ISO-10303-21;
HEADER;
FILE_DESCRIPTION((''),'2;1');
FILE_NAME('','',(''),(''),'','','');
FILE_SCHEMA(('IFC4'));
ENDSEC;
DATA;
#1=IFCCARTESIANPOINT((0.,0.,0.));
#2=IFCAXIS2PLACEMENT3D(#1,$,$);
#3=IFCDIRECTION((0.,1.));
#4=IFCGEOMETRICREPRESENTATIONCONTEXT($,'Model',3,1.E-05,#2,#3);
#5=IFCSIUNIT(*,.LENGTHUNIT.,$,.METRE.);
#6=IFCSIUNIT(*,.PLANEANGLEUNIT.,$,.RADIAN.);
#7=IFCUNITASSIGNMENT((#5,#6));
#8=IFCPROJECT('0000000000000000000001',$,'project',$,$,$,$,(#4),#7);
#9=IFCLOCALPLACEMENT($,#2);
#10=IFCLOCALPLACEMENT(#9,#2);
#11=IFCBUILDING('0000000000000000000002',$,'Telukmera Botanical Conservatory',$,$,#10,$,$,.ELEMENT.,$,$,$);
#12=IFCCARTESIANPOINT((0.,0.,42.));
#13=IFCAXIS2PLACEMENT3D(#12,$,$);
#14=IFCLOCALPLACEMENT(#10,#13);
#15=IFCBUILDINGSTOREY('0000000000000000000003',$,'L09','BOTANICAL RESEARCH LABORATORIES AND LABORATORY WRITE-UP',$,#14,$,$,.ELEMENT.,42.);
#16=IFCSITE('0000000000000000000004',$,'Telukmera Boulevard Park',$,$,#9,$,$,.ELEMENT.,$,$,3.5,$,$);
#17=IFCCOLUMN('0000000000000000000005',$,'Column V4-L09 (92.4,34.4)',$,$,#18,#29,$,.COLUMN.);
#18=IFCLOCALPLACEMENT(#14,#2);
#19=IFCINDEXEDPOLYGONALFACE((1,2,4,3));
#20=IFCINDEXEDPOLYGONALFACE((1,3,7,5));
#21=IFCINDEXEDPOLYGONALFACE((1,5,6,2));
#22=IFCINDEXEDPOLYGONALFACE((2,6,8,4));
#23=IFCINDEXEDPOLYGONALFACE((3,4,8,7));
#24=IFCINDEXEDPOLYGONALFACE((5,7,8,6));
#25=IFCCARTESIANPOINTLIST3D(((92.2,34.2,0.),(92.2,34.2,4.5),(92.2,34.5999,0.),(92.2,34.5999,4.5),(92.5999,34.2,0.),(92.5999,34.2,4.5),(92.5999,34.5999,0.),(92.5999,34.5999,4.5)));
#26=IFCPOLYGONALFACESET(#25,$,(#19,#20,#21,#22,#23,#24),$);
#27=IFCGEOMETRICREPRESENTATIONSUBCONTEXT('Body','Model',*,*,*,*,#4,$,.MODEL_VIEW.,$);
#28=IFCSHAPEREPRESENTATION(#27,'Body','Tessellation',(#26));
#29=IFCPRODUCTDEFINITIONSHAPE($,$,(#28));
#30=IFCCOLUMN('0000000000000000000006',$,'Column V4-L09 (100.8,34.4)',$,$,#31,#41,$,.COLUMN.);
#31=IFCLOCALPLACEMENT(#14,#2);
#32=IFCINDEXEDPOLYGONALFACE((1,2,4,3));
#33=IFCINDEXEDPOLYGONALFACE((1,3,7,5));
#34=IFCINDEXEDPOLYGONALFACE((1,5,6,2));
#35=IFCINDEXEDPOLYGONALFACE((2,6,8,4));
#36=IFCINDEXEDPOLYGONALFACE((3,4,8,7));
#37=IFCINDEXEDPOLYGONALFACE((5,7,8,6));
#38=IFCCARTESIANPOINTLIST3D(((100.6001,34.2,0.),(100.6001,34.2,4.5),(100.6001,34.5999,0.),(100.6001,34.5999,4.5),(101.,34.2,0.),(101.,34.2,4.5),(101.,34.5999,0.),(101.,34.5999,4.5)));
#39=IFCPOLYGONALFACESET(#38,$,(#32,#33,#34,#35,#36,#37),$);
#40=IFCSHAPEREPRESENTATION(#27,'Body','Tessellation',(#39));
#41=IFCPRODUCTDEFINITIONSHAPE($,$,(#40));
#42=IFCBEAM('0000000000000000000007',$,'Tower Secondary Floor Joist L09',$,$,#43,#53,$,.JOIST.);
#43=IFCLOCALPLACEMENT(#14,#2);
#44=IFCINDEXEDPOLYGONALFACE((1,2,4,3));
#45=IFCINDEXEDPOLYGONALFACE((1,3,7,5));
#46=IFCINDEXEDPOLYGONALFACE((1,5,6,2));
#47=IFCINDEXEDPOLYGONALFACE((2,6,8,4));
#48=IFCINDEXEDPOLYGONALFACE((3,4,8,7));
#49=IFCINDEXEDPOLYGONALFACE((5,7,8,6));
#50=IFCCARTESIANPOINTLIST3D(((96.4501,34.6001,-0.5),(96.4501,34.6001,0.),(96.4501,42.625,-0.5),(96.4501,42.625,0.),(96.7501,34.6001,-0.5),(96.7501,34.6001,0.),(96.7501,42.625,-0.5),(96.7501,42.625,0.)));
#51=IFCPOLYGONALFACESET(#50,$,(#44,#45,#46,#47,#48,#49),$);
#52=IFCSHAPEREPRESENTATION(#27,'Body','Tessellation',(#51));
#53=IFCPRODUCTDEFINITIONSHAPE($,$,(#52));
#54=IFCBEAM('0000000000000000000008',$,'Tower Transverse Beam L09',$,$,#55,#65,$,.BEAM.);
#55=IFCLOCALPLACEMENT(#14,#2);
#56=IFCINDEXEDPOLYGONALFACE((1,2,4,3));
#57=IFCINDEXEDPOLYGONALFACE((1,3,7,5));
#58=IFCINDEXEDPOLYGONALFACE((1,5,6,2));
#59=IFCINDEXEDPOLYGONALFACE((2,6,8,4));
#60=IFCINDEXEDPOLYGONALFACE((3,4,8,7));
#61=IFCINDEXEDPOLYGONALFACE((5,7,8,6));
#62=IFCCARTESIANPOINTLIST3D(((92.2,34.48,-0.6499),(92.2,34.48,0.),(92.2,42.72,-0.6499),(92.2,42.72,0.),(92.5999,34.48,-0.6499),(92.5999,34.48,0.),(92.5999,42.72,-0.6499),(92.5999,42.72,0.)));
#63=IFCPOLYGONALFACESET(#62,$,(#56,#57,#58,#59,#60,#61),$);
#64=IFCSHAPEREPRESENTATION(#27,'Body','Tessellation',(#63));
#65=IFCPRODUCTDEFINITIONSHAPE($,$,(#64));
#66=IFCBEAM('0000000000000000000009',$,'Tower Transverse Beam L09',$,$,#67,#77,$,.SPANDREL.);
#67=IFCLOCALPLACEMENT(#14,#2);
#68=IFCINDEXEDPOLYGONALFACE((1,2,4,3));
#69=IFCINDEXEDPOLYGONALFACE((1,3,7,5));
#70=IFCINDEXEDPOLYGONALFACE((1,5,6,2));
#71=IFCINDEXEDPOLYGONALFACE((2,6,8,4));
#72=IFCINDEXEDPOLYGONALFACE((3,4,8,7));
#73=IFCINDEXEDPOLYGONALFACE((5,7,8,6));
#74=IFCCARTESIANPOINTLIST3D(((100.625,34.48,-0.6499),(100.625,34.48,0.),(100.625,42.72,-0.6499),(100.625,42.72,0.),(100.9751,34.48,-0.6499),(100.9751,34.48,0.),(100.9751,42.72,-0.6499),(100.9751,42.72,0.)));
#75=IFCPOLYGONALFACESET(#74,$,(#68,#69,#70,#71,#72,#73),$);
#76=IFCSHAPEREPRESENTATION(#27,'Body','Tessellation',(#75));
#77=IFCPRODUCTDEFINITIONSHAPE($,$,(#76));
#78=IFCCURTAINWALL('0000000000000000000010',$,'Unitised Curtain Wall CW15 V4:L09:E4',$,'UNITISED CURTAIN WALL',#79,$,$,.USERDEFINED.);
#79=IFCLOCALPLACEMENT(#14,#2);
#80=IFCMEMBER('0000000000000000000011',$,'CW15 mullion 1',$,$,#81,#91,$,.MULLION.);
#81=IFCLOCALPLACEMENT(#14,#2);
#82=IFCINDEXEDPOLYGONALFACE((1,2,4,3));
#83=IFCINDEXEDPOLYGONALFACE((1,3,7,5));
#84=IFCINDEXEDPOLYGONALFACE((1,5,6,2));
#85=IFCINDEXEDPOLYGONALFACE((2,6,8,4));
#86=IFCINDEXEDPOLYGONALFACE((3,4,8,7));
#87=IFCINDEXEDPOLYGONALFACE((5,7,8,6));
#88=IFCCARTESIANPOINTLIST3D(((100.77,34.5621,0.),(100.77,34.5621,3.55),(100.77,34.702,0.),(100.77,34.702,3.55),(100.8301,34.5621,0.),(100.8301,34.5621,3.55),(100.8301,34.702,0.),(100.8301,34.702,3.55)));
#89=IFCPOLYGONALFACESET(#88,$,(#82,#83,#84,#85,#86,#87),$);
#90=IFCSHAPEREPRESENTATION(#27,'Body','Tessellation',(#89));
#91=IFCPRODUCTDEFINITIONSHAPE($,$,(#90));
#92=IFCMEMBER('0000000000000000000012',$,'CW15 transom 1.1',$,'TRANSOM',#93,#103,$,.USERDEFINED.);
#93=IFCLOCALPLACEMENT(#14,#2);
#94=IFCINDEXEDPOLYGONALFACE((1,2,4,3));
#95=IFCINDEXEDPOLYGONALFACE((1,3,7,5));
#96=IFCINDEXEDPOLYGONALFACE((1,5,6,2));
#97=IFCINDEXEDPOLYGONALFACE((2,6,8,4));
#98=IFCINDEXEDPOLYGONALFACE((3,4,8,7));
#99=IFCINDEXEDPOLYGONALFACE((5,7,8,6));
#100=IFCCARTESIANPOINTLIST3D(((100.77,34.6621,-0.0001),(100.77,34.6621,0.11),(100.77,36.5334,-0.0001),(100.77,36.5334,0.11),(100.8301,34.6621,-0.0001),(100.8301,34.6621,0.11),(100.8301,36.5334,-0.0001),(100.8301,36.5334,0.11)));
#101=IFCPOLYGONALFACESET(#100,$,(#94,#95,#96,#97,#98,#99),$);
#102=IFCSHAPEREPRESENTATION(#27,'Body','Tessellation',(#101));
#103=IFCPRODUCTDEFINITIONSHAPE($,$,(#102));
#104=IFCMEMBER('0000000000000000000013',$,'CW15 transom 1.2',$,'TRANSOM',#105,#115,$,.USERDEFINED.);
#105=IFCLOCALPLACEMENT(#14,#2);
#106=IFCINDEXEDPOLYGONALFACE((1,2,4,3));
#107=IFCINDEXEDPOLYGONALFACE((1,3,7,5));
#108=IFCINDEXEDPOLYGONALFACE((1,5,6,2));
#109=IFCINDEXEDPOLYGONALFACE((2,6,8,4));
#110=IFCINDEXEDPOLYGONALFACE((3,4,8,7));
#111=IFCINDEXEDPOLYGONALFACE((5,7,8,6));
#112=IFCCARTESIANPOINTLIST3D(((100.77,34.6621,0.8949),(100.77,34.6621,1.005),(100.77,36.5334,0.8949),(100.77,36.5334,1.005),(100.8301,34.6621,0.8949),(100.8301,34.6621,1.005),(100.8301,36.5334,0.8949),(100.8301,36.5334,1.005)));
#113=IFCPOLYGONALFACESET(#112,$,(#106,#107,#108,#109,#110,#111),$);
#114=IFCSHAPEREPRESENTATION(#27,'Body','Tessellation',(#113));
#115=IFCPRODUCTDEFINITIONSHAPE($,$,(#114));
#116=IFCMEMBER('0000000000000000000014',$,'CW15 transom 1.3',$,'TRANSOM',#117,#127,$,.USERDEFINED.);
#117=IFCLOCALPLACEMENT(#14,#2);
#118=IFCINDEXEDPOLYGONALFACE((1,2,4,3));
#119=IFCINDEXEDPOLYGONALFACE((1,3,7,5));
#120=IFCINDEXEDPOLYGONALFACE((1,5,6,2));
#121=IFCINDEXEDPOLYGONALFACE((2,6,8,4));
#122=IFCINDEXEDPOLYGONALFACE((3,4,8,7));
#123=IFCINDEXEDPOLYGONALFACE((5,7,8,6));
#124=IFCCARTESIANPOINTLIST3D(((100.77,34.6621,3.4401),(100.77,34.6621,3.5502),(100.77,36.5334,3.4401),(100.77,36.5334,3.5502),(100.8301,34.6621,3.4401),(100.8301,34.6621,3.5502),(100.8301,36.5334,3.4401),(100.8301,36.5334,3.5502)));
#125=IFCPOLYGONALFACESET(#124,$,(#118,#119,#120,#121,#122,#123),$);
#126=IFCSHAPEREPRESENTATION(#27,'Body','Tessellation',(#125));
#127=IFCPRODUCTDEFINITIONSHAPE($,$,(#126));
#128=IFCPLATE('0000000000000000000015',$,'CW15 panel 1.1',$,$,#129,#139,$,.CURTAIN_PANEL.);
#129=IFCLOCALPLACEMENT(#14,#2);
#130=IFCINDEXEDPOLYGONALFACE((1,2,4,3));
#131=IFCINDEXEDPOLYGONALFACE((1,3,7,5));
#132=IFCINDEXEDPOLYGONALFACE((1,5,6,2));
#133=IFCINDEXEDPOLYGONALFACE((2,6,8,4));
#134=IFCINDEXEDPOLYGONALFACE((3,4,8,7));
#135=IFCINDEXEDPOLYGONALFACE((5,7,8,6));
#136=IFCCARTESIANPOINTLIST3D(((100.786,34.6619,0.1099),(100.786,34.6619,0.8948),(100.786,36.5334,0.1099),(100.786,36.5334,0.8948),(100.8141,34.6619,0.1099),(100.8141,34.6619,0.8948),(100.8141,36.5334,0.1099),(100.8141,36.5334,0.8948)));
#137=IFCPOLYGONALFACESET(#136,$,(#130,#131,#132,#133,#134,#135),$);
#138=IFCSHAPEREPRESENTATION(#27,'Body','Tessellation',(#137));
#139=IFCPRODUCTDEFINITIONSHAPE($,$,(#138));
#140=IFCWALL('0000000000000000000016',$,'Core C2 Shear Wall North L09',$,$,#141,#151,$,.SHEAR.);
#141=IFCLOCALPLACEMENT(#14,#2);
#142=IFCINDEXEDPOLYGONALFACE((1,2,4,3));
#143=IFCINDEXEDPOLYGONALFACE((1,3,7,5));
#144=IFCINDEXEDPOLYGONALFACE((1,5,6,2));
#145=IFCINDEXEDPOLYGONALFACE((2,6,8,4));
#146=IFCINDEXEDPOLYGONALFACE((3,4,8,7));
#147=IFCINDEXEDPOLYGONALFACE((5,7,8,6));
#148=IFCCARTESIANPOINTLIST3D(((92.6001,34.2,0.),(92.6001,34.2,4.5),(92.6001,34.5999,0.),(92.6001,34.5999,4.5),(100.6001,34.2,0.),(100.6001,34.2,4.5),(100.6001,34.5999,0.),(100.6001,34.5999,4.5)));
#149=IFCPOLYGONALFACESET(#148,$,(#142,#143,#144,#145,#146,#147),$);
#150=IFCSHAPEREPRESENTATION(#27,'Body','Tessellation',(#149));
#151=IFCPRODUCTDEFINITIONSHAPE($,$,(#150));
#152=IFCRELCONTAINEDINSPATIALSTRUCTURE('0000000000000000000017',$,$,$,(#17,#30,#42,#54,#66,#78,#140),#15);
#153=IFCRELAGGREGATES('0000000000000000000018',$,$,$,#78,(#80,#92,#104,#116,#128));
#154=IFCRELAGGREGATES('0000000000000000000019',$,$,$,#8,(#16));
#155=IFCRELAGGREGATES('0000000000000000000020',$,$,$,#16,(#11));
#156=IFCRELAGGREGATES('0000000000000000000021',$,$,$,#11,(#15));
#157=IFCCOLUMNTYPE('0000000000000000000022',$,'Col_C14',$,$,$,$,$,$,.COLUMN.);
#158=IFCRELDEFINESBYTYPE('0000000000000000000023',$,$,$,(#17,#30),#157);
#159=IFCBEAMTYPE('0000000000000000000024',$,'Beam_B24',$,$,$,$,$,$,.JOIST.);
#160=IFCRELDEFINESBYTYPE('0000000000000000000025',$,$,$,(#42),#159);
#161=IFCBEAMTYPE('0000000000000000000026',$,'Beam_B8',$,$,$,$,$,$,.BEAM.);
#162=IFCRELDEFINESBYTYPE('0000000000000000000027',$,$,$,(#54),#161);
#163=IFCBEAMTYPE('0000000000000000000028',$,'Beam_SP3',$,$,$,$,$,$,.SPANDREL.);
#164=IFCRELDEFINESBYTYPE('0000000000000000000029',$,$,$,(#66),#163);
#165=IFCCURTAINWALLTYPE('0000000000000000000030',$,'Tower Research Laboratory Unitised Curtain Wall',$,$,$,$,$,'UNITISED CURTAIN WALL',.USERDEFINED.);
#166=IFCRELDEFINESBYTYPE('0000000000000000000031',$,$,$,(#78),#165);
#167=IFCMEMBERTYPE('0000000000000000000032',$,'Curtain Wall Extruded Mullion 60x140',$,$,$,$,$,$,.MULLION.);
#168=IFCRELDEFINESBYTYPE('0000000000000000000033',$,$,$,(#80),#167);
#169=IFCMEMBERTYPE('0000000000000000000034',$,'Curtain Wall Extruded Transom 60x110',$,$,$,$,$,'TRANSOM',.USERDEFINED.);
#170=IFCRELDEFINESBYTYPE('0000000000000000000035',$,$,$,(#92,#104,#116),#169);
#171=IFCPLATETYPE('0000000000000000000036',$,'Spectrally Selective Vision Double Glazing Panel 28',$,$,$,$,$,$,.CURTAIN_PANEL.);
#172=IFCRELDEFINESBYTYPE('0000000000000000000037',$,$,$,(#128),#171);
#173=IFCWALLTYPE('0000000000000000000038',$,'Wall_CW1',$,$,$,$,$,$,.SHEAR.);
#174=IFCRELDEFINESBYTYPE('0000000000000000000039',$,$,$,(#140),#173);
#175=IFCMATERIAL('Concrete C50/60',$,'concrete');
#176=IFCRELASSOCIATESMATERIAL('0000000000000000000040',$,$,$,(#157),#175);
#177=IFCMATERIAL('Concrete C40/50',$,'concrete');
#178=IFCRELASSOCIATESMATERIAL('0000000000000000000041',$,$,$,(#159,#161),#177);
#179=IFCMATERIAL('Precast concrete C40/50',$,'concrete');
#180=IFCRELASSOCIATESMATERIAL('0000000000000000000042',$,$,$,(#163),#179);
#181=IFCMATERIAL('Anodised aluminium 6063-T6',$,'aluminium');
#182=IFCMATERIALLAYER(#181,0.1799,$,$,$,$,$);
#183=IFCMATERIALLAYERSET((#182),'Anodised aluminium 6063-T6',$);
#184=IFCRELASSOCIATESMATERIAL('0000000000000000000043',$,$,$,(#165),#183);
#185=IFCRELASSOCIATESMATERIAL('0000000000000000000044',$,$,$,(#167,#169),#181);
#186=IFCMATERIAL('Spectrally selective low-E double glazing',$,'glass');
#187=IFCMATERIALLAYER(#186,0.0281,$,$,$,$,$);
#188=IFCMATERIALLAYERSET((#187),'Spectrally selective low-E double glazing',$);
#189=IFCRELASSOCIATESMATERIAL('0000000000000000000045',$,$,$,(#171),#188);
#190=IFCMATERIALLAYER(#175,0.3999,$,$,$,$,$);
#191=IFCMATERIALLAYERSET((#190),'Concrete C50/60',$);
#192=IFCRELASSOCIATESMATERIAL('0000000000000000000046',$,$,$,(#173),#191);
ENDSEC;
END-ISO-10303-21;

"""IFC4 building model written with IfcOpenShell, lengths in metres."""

from ifc_helpers import new_model, si_unit, direction, frame, frame_2d, origin, origin_2d, place, context, subcontext, project, spatial, rectangle, extrude, material, layer, layer_set, material_profile, profile_set, type_object, element, aggregate, save


model = new_model("IFC4")

# Units and contexts
model_context = context("Model", 3, precision=1e-05, world=origin(), true_north=direction((0.0, 1.0)))
body_context = subcontext(model_context, "Body", "Model", "MODEL_VIEW")
ifc_project = project(units=[si_unit("LENGTHUNIT", "METRE"), si_unit("PLANEANGLEUNIT", "RADIAN")], contexts=[model_context])

# Site, building, storey
site_placement = place(None, origin())
site = spatial("IfcSite", under=ifc_project, at=site_placement, Name="Telukmera Boulevard Park", CompositionType="ELEMENT", RefElevation=3.5)
building_placement = place(site_placement, origin())
building = spatial("IfcBuilding", under=site, at=building_placement, Name="Telukmera Botanical Conservatory", CompositionType="ELEMENT")
storey_placement = place(building_placement, frame((0.0, 0.0, 42.0)))
storey = spatial("IfcBuildingStorey", under=building, at=storey_placement, Name="L09", Description="BOTANICAL RESEARCH LABORATORIES AND LABORATORY WRITE-UP", CompositionType="ELEMENT", Elevation=42.0)

# Columns
ifc_material_1 = material(Name="Concrete C50/60", Category="concrete")
ifc_material_profile_1 = material_profile(ifc_material_1, rectangle(XDim=0.3999, YDim=0.3999, at=origin_2d()), Name="RC 400x400")
ifc_profile_set_1 = profile_set([ifc_material_profile_1], Name="Concrete C50/60")
column_type = type_object("IfcColumnType", Name="Col_C14", PredefinedType="COLUMN", material=ifc_profile_set_1)
for number, where, z_axis, x_axis, name in (
    (1, (92.3999, 34.3999, 0.0), (0.0, 0.0, 1.0), (1.0, 0.0, 0.0), "Column V4-L09 (92.4,34.4)"),
    (2, (100.8, 34.3999, 0.0), (0.0, 0.0, 1.0), (1.0, 0.0, 0.0), "Column V4-L09 (100.8,34.4)"),
):
    element("IfcColumn", number, at=place(storey_placement, frame(where, z_axis=z_axis, x_axis=x_axis)), inside=storey, type_object=column_type, Name=name, PredefinedType="COLUMN", context=body_context, shape_type="SweptSolid", body=[
        extrude(rectangle(XDim=0.3999, YDim=0.3999, at=origin_2d()), origin(), (0.0, 0.0, 1.0), 4.5),
    ])

# Beams
ifc_material_2 = material(Name="Concrete C40/50", Category="concrete")
ifc_material_profile_2 = material_profile(ifc_material_2, rectangle(XDim=0.3, YDim=0.5, at=origin_2d()), Name="RC 300x500")
ifc_profile_set_2 = profile_set([ifc_material_profile_2], Name="Concrete C40/50")
beam_type_1 = type_object("IfcBeamType", Name="Beam_B24", PredefinedType="JOIST", material=ifc_profile_set_2)
beam_1_placement = place(storey_placement, frame((96.6001, 34.6001, -0.25), z_axis=(0.0, 1.0, 0.0), x_axis=(-1.0, 0.0, 0.0)))
element("IfcBeam", 3, at=beam_1_placement, inside=storey, type_object=beam_type_1, Name="Tower Secondary Floor Joist L09", PredefinedType="JOIST", context=body_context, shape_type="SweptSolid", body=[
    extrude(rectangle(XDim=0.3, YDim=0.5, at=origin_2d()), origin(), (0.0, 0.0, 1.0), 8.0249),
])
ifc_material_profile_3 = material_profile(ifc_material_2, rectangle(XDim=0.3999, YDim=0.6499, at=origin_2d()), Name="RC 400x650")
ifc_profile_set_3 = profile_set([ifc_material_profile_3], Name="Concrete C40/50")
beam_type_2 = type_object("IfcBeamType", Name="Beam_B8", PredefinedType="BEAM", material=ifc_profile_set_3)
beam_2_placement = place(storey_placement, frame((92.3999, 34.48, -0.325), z_axis=(0.0, 1.0, 0.0), x_axis=(-1.0, 0.0, 0.0)))
element("IfcBeam", 4, at=beam_2_placement, inside=storey, type_object=beam_type_2, Name="Tower Transverse Beam L09", PredefinedType="BEAM", context=body_context, shape_type="SweptSolid", body=[
    extrude(rectangle(XDim=0.3999, YDim=0.6499, at=origin_2d()), origin(), (0.0, 0.0, 1.0), 8.24),
])
ifc_material_3 = material(Name="Precast concrete C40/50", Category="concrete")
ifc_material_profile_4 = material_profile(ifc_material_3, rectangle(XDim=0.3501, YDim=0.6499, at=origin_2d()), Name="PC 350x650")
ifc_profile_set_4 = profile_set([ifc_material_profile_4], Name="Precast concrete C40/50")
beam_type_3 = type_object("IfcBeamType", Name="Beam_SP3", PredefinedType="SPANDREL", material=ifc_profile_set_4)
beam_3_placement = place(storey_placement, frame((100.8, 34.48, -0.325), z_axis=(0.0, 1.0, 0.0), x_axis=(-1.0, 0.0, 0.0)))
element("IfcBeam", 5, at=beam_3_placement, inside=storey, type_object=beam_type_3, Name="Tower Transverse Beam L09", PredefinedType="SPANDREL", context=body_context, shape_type="SweptSolid", body=[
    extrude(rectangle(XDim=0.3501, YDim=0.6499, at=origin_2d()), origin(), (0.0, 0.0, 1.0), 8.24),
])

# Curtain wall, members, plate
ifc_material_4 = material(Name="Anodised aluminium 6063-T6", Category="aluminium")
ifc_layer_1 = layer(ifc_material_4, 0.1799)
ifc_layer_set_1 = layer_set([ifc_layer_1], Name="Anodised aluminium 6063-T6")
curtain_wall_type = type_object("IfcCurtainWallType", Name="Tower Research Laboratory Unitised Curtain Wall", ElementType="UNITISED CURTAIN WALL", PredefinedType="USERDEFINED", material=ifc_layer_set_1)
curtain_wall_placement = place(storey_placement, origin())
curtain_wall = element("IfcCurtainWall", 6, at=curtain_wall_placement, inside=storey, type_object=curtain_wall_type, Name="Unitised Curtain Wall CW15 V4:L09:E4", ObjectType="UNITISED CURTAIN WALL", PredefinedType="USERDEFINED")
ifc_material_profile_5 = material_profile(ifc_material_4, rectangle(XDim=0.0601, YDim=0.1399, at=origin_2d()), Name="ALU MULL 60x140")
ifc_profile_set_5 = profile_set([ifc_material_profile_5], Name="Anodised aluminium 6063-T6")
member_type_1 = type_object("IfcMemberType", Name="Curtain Wall Extruded Mullion 60x140", PredefinedType="MULLION", material=ifc_profile_set_5)
member_1_placement = place(storey_placement, frame((100.8, 34.6321, 0.0), z_axis=(0.0, 0.0, 1.0), x_axis=(-1.0, 0.0, 0.0)))
member_1 = element("IfcMember", 7, at=member_1_placement, type_object=member_type_1, Name="CW15 mullion 1", PredefinedType="MULLION", context=body_context, shape_type="SweptSolid", body=[
    extrude(rectangle(XDim=0.0601, YDim=0.1399, at=origin_2d()), origin(), (0.0, 0.0, 1.0), 3.55),
])
ifc_material_profile_6 = material_profile(ifc_material_4, rectangle(XDim=0.0601, YDim=0.1101, at=origin_2d()), Name="ALU TRAN 60x110")
ifc_profile_set_6 = profile_set([ifc_material_profile_6], Name="Anodised aluminium 6063-T6")
member_type_2 = type_object("IfcMemberType", Name="Curtain Wall Extruded Transom 60x110", ElementType="TRANSOM", PredefinedType="USERDEFINED", material=ifc_profile_set_6)
member_2_placement = place(storey_placement, frame((100.8, 34.6621, 0.0549), z_axis=(0.0, 1.0, 0.0), x_axis=(-1.0, 0.0, 0.0)))
member_2 = element("IfcMember", 8, at=member_2_placement, type_object=member_type_2, Name="CW15 transom 1.1", ObjectType="TRANSOM", PredefinedType="USERDEFINED", context=body_context, shape_type="SweptSolid", body=[
    extrude(rectangle(XDim=0.0601, YDim=0.1101, at=origin_2d()), origin(), (0.0, 0.0, 1.0), 1.8713),
])
member_3_placement = place(storey_placement, frame((100.8, 34.6621, 0.95), z_axis=(0.0, 1.0, 0.0), x_axis=(-1.0, 0.0, 0.0)))
member_3 = element("IfcMember", 9, at=member_3_placement, type_object=member_type_2, Name="CW15 transom 1.2", ObjectType="TRANSOM", PredefinedType="USERDEFINED", context=body_context, shape_type="SweptSolid", body=[
    extrude(rectangle(XDim=0.0601, YDim=0.1101, at=origin_2d()), origin(), (0.0, 0.0, 1.0), 1.8713),
])
member_4_placement = place(storey_placement, frame((100.8, 34.6621, 3.4951), z_axis=(0.0, 1.0, 0.0), x_axis=(-1.0, 0.0, 0.0)))
member_4 = element("IfcMember", 10, at=member_4_placement, type_object=member_type_2, Name="CW15 transom 1.3", ObjectType="TRANSOM", PredefinedType="USERDEFINED", context=body_context, shape_type="SweptSolid", body=[
    extrude(rectangle(XDim=0.0601, YDim=0.1101, at=origin_2d()), origin(), (0.0, 0.0, 1.0), 1.8713),
])
ifc_material_5 = material(Name="Spectrally selective low-E double glazing", Category="glass")
ifc_layer_2 = layer(ifc_material_5, 0.0281)
ifc_layer_set_2 = layer_set([ifc_layer_2], Name="Spectrally selective low-E double glazing")
plate_type = type_object("IfcPlateType", Name="Spectrally Selective Vision Double Glazing Panel 28", PredefinedType="CURTAIN_PANEL", material=ifc_layer_set_2)
plate_placement = place(storey_placement, frame((100.8, 35.5977, 0.1099), z_axis=(0.0, 0.0, 1.0), x_axis=(0.0, 1.0, 0.0)))
plate = element("IfcPlate", 11, at=plate_placement, type_object=plate_type, Name="CW15 panel 1.1", PredefinedType="CURTAIN_PANEL", context=body_context, shape_type="SweptSolid", body=[
    extrude(rectangle(XDim=1.8716, YDim=0.0281, at=origin_2d()), origin(), (0.0, 0.0, 1.0), 0.7849),
])
aggregate(curtain_wall, [member_1, member_2, member_3, member_4, plate])

# Wall
ifc_layer_3 = layer(ifc_material_1, 0.3999)
ifc_layer_set_3 = layer_set([ifc_layer_3], Name="Concrete C50/60")
wall_type = type_object("IfcWallType", Name="Wall_CW1", PredefinedType="SHEAR", material=ifc_layer_set_3)
wall_placement = place(storey_placement, frame((92.6001, 34.3999, 0.0), z_axis=(0.0, 0.0, 1.0), x_axis=(1.0, 0.0, 0.0)))
element("IfcWall", 12, at=wall_placement, inside=storey, type_object=wall_type, Name="Core C2 Shear Wall North L09", PredefinedType="SHEAR", context=body_context, shape_type="SweptSolid", body=[
    extrude(rectangle(XDim=8.0, YDim=0.3999, at=frame_2d((4.0, 0.0))), origin(), (0.0, 0.0, 1.0), 4.5),
])

save(model, "model.ifc")
